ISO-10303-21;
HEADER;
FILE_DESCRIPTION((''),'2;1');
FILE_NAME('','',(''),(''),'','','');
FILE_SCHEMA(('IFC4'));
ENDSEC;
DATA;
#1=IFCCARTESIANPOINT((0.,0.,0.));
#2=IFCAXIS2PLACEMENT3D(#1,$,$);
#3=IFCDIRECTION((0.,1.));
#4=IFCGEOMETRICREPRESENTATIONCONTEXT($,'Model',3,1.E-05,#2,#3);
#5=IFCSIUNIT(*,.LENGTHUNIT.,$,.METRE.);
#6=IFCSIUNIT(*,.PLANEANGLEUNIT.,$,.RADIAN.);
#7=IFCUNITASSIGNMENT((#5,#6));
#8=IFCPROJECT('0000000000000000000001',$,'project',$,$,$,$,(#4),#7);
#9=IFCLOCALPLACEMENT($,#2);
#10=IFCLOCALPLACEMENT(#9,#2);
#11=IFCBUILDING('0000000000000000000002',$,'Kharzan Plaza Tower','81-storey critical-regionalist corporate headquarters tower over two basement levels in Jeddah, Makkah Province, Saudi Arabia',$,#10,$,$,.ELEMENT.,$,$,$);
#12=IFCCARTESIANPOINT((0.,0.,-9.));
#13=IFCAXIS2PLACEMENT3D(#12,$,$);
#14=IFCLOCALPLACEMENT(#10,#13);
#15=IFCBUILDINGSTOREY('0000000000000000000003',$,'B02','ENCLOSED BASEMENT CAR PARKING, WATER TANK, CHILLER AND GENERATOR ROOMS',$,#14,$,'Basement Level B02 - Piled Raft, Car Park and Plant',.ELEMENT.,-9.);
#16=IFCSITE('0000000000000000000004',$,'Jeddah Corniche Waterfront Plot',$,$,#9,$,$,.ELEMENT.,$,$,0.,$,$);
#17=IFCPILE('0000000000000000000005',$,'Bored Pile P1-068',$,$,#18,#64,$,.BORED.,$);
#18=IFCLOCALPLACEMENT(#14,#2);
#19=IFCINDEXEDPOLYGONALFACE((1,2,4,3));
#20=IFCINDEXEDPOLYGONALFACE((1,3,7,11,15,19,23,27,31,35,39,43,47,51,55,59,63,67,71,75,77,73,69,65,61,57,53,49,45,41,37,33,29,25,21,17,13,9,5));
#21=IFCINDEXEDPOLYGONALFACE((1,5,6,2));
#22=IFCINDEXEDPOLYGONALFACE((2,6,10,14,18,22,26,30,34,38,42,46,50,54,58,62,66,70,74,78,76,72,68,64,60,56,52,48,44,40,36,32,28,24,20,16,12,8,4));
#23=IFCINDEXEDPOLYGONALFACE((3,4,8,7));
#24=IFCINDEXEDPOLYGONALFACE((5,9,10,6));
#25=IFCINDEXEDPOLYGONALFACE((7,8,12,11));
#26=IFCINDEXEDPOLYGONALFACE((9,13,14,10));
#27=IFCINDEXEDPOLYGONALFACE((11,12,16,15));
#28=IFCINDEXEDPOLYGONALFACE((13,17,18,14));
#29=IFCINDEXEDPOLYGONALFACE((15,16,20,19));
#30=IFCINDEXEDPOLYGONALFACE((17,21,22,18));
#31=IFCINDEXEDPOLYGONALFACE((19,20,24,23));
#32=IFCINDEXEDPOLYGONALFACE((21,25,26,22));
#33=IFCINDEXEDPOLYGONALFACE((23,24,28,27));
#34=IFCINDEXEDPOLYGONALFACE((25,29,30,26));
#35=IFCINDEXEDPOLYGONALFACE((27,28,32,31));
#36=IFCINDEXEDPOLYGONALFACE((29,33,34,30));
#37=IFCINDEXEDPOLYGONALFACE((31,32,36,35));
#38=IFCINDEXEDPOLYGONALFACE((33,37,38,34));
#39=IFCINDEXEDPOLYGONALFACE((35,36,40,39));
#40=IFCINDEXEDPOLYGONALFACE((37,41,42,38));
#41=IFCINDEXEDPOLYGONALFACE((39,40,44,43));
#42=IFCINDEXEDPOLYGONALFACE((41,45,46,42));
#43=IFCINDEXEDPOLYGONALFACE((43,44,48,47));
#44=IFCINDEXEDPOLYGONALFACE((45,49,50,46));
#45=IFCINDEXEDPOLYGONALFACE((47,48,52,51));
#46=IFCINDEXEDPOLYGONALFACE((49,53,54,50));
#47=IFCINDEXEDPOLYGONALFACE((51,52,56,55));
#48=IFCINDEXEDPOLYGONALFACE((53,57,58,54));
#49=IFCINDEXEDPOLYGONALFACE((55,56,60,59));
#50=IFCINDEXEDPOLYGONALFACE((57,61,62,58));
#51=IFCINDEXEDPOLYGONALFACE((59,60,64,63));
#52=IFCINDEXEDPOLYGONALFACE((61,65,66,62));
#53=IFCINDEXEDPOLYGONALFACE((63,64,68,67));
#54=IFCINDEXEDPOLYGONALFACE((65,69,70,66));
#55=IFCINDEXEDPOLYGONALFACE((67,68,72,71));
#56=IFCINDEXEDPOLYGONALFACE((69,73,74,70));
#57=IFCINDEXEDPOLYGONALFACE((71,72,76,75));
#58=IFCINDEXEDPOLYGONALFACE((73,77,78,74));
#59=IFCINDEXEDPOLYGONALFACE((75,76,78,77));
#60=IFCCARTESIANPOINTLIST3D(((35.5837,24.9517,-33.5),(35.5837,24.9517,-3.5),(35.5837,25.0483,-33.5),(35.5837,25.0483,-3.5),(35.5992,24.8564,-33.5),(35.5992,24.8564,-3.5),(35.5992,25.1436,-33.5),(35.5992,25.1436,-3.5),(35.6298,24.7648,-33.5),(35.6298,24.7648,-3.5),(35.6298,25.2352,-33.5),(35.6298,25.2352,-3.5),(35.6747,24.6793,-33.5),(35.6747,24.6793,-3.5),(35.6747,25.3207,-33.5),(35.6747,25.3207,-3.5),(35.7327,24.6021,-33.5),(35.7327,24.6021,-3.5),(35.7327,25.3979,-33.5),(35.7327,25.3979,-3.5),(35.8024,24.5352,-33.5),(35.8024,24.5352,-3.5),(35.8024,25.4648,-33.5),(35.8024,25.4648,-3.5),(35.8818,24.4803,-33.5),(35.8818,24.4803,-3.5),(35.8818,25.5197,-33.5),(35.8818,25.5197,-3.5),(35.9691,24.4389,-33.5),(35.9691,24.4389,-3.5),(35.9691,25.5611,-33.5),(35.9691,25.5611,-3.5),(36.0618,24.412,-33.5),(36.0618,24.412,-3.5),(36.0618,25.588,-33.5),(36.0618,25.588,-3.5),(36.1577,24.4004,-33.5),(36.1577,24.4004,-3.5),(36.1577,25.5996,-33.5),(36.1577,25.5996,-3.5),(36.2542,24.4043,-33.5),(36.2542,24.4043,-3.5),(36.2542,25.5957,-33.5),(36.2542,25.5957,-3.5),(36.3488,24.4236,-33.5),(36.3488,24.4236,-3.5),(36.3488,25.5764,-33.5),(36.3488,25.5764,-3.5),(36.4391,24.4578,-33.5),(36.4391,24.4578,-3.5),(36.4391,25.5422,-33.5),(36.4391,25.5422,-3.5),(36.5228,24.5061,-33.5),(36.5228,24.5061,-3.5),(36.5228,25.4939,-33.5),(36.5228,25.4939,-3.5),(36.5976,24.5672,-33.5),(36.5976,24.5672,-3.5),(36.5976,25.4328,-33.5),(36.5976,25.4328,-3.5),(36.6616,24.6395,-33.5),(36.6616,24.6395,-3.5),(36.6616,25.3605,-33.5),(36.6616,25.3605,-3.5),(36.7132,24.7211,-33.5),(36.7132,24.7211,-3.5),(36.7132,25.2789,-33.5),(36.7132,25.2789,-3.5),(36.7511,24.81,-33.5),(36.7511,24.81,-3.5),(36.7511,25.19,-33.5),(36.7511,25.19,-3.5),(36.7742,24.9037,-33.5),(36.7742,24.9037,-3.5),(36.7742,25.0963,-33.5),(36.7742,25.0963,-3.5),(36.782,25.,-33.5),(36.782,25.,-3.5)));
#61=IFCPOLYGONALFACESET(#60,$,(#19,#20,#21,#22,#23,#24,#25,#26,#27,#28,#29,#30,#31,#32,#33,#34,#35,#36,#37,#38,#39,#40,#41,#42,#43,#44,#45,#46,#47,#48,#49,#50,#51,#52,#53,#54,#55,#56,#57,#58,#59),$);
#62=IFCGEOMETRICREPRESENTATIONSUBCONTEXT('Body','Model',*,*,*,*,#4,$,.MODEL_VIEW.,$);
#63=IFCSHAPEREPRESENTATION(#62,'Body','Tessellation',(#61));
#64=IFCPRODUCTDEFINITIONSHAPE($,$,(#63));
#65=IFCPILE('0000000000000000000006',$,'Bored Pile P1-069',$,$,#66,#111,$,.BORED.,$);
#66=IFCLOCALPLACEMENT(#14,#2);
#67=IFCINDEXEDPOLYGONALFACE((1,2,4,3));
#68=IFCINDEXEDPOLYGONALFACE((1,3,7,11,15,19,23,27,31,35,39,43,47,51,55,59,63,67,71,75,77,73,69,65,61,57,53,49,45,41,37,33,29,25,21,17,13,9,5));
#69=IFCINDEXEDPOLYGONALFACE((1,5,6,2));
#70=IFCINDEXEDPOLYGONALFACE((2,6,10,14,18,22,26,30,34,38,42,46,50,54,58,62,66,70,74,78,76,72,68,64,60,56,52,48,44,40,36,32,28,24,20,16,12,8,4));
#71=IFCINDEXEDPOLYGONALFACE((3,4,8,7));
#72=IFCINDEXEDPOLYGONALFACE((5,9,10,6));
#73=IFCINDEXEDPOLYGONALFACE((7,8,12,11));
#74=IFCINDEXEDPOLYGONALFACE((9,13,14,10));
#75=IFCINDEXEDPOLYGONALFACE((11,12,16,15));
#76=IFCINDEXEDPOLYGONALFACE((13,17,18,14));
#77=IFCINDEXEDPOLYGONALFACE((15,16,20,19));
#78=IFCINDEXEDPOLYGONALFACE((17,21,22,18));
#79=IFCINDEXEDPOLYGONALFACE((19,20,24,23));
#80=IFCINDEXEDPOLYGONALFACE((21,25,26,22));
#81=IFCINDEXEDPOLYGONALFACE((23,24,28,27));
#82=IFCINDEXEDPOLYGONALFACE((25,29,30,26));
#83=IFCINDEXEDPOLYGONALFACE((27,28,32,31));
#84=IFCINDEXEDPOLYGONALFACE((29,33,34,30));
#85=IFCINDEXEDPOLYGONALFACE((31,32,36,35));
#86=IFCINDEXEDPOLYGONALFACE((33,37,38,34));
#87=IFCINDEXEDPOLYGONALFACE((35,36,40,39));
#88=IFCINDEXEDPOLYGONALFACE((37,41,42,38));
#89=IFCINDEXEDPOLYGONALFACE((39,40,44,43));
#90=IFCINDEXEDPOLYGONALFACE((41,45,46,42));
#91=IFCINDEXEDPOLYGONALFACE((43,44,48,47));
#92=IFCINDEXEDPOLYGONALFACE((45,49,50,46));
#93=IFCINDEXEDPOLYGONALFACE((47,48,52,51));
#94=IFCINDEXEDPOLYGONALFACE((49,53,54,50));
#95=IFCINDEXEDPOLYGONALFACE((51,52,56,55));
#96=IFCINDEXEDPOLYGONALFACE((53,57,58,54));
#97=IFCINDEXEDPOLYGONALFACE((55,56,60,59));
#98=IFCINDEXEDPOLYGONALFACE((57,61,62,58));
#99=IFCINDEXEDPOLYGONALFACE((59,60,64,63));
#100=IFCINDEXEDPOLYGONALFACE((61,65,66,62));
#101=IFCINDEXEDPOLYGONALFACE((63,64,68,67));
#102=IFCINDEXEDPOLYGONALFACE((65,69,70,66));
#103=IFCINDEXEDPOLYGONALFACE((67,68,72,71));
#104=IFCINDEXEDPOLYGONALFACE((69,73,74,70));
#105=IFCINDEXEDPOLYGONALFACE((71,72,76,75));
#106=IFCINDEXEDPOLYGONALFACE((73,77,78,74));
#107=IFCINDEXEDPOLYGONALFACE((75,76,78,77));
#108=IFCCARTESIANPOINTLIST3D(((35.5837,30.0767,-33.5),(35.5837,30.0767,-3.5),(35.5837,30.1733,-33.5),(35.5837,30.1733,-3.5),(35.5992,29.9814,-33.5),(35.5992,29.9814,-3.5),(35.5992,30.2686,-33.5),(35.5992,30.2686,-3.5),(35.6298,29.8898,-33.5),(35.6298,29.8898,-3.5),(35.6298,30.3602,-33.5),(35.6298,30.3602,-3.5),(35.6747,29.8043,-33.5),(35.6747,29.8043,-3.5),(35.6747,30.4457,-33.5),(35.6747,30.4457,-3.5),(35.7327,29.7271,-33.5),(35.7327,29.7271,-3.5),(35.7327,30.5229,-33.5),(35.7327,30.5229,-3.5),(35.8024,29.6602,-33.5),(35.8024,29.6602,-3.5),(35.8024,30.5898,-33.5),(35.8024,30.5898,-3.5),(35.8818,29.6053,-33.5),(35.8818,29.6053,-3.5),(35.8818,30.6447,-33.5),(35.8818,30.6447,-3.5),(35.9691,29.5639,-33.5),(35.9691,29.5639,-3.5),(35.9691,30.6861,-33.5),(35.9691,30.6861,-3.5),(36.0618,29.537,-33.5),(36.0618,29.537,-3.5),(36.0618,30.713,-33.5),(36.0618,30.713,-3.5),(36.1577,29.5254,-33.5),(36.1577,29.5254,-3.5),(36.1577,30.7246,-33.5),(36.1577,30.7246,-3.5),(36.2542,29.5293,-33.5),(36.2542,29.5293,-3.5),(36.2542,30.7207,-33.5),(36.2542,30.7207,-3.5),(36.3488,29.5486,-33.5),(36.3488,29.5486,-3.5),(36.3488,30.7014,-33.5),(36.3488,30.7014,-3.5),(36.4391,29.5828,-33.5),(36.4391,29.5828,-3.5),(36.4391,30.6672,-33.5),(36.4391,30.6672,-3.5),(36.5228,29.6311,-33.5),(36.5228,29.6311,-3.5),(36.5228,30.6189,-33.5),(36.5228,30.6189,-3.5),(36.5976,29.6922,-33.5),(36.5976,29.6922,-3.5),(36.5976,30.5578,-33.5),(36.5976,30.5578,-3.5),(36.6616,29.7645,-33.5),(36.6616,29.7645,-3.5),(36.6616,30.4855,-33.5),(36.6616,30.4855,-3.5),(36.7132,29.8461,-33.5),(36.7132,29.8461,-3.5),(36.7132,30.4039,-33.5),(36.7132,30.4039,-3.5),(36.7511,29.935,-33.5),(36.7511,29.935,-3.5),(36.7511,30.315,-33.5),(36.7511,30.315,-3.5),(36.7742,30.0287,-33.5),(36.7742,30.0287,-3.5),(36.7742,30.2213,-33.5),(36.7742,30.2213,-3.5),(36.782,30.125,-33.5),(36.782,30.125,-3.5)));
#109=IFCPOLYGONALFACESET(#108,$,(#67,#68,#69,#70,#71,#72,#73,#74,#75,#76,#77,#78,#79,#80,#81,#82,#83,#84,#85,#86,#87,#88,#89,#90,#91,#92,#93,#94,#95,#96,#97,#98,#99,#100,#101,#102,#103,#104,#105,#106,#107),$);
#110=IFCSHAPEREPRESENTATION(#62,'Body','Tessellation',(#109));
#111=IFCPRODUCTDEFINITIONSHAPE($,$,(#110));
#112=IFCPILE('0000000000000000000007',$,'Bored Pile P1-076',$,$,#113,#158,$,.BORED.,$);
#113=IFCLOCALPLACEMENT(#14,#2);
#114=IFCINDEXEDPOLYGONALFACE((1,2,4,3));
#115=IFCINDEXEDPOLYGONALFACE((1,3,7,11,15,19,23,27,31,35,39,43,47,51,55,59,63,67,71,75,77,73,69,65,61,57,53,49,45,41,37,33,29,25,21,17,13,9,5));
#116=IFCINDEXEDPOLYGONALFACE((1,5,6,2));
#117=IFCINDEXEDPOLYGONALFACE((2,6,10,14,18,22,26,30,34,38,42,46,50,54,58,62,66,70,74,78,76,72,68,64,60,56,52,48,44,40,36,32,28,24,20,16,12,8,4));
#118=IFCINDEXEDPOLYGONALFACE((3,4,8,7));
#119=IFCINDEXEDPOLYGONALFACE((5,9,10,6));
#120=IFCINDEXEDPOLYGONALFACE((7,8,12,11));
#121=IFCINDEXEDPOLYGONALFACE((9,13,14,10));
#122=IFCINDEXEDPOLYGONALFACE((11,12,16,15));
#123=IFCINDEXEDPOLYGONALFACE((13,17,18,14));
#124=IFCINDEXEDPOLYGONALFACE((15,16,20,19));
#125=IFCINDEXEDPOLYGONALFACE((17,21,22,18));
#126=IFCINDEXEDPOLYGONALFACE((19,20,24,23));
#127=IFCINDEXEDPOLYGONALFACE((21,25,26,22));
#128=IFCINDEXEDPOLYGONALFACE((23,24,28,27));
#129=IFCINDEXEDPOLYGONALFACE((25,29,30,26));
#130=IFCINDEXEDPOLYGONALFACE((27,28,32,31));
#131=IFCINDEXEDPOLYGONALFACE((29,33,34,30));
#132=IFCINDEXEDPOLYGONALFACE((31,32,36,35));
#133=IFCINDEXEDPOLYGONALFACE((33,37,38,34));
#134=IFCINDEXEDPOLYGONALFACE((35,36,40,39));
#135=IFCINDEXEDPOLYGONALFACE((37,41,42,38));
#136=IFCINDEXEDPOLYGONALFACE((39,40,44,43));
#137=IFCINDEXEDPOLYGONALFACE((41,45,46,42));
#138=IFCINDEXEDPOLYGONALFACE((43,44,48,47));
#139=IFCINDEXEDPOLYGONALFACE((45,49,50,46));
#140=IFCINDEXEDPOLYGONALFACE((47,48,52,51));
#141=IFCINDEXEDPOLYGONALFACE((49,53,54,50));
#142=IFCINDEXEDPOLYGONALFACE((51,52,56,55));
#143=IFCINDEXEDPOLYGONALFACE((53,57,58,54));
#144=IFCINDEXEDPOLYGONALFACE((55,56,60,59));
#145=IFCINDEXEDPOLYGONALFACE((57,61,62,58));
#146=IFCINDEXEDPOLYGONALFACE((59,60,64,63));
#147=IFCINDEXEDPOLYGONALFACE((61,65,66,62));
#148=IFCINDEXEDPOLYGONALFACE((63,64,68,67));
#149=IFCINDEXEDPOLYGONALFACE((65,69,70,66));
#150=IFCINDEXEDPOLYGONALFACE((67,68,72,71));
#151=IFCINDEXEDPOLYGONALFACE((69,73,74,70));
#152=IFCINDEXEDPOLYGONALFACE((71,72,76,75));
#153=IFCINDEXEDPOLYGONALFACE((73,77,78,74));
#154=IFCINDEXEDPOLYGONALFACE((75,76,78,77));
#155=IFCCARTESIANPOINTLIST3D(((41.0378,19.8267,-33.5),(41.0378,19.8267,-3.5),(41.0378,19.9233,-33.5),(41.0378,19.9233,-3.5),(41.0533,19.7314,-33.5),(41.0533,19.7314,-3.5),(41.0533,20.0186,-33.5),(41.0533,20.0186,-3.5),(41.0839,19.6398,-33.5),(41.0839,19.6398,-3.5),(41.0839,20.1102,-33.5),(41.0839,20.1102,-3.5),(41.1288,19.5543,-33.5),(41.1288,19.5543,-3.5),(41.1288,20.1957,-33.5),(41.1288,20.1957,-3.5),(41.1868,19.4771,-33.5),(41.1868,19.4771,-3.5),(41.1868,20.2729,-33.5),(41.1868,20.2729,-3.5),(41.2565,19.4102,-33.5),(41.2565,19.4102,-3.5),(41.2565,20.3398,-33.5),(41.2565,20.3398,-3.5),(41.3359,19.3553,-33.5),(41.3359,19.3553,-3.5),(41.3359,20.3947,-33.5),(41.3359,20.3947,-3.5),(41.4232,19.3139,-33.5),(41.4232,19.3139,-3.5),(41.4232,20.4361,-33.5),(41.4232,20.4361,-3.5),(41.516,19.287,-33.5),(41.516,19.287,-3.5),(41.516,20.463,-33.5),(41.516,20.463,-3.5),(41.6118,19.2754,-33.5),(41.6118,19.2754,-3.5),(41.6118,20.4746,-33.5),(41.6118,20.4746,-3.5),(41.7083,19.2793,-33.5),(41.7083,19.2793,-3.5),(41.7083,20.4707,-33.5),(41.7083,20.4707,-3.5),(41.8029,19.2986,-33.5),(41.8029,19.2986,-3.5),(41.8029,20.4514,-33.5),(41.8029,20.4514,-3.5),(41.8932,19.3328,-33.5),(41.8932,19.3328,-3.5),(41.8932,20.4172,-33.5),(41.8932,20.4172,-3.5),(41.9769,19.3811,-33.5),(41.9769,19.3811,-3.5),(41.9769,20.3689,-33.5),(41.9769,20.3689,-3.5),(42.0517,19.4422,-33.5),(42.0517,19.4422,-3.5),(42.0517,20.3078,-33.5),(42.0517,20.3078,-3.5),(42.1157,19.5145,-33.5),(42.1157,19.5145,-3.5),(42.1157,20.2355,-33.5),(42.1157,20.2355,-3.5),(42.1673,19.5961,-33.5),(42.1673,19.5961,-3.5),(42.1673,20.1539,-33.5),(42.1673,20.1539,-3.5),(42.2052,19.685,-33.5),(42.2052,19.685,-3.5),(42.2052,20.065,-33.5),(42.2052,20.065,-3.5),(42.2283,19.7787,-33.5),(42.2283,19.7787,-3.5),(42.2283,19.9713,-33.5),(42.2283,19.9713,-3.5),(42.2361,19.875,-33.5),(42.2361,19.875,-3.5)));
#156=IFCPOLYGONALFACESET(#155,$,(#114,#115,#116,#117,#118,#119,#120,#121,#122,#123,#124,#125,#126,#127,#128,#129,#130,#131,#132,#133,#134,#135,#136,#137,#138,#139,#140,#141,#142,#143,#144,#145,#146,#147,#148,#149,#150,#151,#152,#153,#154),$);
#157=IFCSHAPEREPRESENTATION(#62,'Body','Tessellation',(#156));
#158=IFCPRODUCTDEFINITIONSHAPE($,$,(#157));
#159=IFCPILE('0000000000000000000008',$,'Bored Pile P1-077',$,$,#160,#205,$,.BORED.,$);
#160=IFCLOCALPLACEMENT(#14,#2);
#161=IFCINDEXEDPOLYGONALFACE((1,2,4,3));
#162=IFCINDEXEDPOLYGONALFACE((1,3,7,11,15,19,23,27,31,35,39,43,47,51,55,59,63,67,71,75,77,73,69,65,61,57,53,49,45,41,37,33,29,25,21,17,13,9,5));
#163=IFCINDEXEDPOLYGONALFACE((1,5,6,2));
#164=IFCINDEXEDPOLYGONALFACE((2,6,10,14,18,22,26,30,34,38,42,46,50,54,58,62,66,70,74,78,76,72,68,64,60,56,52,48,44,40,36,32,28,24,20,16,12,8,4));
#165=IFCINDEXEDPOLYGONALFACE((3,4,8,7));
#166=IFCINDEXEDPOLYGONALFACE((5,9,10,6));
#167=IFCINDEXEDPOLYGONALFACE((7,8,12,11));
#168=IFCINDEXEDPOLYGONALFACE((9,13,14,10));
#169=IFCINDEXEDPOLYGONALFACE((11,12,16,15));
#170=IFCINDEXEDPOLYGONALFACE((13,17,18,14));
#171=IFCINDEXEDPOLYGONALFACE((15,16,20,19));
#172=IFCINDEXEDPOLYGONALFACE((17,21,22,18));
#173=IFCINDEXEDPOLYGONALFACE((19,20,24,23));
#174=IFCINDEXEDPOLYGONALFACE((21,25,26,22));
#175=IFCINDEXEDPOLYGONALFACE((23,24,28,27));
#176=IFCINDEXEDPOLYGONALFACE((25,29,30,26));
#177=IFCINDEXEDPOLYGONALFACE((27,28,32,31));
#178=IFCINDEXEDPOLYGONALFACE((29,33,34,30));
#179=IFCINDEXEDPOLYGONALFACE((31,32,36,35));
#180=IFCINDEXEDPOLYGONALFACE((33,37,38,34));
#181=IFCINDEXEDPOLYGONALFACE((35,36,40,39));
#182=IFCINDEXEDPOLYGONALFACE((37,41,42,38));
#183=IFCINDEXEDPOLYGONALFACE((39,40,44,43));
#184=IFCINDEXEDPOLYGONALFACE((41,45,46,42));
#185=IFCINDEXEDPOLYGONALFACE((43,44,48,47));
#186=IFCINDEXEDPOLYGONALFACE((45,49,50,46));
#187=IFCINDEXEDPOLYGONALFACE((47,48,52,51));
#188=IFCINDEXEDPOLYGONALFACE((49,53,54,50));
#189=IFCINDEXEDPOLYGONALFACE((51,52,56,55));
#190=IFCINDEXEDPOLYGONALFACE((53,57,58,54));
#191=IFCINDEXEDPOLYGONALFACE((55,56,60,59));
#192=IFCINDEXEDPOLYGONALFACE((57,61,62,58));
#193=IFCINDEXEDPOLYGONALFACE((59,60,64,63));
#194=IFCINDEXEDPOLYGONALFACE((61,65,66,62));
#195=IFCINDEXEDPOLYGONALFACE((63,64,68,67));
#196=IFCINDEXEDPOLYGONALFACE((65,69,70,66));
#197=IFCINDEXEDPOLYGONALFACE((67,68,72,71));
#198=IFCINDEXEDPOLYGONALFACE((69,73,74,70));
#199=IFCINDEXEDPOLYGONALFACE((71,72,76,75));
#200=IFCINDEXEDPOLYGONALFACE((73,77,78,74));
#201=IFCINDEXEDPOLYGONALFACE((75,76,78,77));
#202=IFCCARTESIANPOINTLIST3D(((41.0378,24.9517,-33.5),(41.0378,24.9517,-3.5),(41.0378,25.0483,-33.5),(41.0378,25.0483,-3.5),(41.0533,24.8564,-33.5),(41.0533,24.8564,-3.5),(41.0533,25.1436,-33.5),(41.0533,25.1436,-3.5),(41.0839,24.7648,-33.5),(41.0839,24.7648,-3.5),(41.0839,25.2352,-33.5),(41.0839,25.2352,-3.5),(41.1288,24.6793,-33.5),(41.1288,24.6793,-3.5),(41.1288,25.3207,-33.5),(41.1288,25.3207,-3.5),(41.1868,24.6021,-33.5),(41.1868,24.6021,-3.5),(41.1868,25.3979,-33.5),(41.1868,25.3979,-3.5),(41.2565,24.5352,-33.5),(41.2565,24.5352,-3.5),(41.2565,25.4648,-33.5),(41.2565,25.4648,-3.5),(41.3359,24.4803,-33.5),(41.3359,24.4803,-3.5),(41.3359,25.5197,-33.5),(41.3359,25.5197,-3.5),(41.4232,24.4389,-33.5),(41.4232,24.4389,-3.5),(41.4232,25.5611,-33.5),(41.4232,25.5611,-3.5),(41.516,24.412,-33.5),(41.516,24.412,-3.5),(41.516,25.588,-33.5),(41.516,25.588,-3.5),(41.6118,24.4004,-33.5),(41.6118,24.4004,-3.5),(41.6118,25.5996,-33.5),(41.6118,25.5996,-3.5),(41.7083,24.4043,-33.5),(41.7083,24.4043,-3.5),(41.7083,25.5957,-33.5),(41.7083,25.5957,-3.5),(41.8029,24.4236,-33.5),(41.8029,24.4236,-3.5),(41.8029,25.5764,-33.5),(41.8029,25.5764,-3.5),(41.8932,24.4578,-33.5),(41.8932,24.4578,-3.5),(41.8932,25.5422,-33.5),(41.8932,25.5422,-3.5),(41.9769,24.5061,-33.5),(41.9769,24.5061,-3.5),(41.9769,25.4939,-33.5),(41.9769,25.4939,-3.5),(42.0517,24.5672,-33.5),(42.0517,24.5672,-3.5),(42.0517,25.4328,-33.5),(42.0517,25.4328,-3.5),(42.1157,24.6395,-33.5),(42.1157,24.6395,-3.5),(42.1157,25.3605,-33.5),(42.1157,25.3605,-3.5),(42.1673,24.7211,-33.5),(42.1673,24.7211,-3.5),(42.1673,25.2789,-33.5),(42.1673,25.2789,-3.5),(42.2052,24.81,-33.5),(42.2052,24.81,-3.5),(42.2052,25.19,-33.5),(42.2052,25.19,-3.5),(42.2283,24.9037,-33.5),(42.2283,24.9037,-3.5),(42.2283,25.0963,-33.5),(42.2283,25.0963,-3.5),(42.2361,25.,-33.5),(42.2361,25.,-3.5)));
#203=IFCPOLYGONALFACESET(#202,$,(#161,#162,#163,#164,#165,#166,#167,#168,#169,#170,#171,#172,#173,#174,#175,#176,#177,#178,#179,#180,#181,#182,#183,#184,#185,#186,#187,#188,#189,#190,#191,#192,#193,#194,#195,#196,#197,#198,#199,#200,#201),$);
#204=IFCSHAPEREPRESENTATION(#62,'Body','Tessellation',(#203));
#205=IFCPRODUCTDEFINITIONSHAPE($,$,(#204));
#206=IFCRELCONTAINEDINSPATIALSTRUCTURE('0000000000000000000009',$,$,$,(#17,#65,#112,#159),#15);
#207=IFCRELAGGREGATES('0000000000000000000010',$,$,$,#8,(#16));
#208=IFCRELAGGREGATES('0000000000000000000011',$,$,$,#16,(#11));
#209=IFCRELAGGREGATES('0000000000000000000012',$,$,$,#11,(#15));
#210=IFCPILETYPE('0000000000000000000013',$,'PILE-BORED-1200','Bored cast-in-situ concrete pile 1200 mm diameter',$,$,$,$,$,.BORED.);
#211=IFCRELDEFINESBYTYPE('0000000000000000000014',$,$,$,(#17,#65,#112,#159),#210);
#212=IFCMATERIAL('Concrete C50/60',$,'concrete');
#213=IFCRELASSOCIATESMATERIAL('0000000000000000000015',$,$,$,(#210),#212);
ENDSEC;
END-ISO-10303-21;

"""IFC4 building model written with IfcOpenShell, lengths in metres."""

from ifc_helpers import new_model, si_unit, direction, frame, origin, origin_2d, place, context, subcontext, project, spatial, circle, extrude, source, transform, mapped, material, material_profile, profile_set, type_object, element, save


model = new_model("IFC4")

# Units and contexts
model_context = context("Model", 3, precision=1e-05, world=origin(), true_north=direction((0.0, 1.0)))
body_context = subcontext(model_context, "Body", "Model", "MODEL_VIEW")
ifc_project = project(units=[si_unit("LENGTHUNIT", "METRE"), si_unit("PLANEANGLEUNIT", "RADIAN")], contexts=[model_context])

# Site, building, storey
site_placement = place(None, origin())
site = spatial("IfcSite", under=ifc_project, at=site_placement, Name="Jeddah Corniche Waterfront Plot", CompositionType="ELEMENT", RefElevation=0.0)
building_placement = place(site_placement, origin())
building = spatial("IfcBuilding", under=site, at=building_placement, Name="Kharzan Plaza Tower", Description="81-storey critical-regionalist corporate headquarters tower over two basement levels in Jeddah, Makkah Province, Saudi Arabia", CompositionType="ELEMENT")
storey_placement = place(building_placement, frame((0.0, 0.0, -9.0)))
storey = spatial("IfcBuildingStorey", under=building, at=storey_placement, Name="B02", Description="ENCLOSED BASEMENT CAR PARKING, WATER TANK, CHILLER AND GENERATOR ROOMS", LongName="Basement Level B02 - Piled Raft, Car Park and Plant", CompositionType="ELEMENT", Elevation=-9.0)

# Piles
ifc_material_1 = material(Name="Concrete C50/60", Category="concrete")
ifc_material_profile_1 = material_profile(ifc_material_1, circle(Radius=0.6001, at=origin_2d()), Name="PILE-D1200")
ifc_profile_set_1 = profile_set([ifc_material_profile_1], Name="Concrete C50/60")
pile_type = type_object("IfcPileType", Name="PILE-BORED-1200", Description="Bored cast-in-situ concrete pile 1200 mm diameter", PredefinedType="BORED", material=ifc_profile_set_1)
shared_shape_1 = source(origin(), body_context, "Body", "SweptSolid", [
    extrude(circle(Radius=0.6001, at=origin_2d()), origin(), (0.0, 0.0, 1.0), 30.0),
])
for number, where, z_axis, x_axis, name in (
    (1, (36.1819, 25.0, -3.5), (0.0, 0.0, -1.0), (1.0, 0.0, 0.0), "Bored Pile P1-068"),
    (2, (36.1819, 30.125, -3.5), (0.0, 0.0, -1.0), (1.0, 0.0, 0.0), "Bored Pile P1-069"),
    (3, (41.636, 19.875, -3.5), (0.0, 0.0, -1.0), (1.0, 0.0, 0.0), "Bored Pile P1-076"),
    (4, (41.636, 25.0, -3.5), (0.0, 0.0, -1.0), (1.0, 0.0, 0.0), "Bored Pile P1-077"),
):
    element("IfcPile", number, at=place(storey_placement, frame(where, z_axis=z_axis, x_axis=x_axis)), inside=storey, type_object=pile_type, Name=name, PredefinedType="BORED", context=body_context, shape_type="MappedRepresentation", body=[
        mapped(shared_shape_1, transform((0.0, 0.0, 0.0), x_axis=(1.0, 0.0, 0.0), y_axis=(0.0, 1.0, 0.0), z_axis=(0.0, 0.0, 1.0))),
    ])

save(model, "model.ifc")
